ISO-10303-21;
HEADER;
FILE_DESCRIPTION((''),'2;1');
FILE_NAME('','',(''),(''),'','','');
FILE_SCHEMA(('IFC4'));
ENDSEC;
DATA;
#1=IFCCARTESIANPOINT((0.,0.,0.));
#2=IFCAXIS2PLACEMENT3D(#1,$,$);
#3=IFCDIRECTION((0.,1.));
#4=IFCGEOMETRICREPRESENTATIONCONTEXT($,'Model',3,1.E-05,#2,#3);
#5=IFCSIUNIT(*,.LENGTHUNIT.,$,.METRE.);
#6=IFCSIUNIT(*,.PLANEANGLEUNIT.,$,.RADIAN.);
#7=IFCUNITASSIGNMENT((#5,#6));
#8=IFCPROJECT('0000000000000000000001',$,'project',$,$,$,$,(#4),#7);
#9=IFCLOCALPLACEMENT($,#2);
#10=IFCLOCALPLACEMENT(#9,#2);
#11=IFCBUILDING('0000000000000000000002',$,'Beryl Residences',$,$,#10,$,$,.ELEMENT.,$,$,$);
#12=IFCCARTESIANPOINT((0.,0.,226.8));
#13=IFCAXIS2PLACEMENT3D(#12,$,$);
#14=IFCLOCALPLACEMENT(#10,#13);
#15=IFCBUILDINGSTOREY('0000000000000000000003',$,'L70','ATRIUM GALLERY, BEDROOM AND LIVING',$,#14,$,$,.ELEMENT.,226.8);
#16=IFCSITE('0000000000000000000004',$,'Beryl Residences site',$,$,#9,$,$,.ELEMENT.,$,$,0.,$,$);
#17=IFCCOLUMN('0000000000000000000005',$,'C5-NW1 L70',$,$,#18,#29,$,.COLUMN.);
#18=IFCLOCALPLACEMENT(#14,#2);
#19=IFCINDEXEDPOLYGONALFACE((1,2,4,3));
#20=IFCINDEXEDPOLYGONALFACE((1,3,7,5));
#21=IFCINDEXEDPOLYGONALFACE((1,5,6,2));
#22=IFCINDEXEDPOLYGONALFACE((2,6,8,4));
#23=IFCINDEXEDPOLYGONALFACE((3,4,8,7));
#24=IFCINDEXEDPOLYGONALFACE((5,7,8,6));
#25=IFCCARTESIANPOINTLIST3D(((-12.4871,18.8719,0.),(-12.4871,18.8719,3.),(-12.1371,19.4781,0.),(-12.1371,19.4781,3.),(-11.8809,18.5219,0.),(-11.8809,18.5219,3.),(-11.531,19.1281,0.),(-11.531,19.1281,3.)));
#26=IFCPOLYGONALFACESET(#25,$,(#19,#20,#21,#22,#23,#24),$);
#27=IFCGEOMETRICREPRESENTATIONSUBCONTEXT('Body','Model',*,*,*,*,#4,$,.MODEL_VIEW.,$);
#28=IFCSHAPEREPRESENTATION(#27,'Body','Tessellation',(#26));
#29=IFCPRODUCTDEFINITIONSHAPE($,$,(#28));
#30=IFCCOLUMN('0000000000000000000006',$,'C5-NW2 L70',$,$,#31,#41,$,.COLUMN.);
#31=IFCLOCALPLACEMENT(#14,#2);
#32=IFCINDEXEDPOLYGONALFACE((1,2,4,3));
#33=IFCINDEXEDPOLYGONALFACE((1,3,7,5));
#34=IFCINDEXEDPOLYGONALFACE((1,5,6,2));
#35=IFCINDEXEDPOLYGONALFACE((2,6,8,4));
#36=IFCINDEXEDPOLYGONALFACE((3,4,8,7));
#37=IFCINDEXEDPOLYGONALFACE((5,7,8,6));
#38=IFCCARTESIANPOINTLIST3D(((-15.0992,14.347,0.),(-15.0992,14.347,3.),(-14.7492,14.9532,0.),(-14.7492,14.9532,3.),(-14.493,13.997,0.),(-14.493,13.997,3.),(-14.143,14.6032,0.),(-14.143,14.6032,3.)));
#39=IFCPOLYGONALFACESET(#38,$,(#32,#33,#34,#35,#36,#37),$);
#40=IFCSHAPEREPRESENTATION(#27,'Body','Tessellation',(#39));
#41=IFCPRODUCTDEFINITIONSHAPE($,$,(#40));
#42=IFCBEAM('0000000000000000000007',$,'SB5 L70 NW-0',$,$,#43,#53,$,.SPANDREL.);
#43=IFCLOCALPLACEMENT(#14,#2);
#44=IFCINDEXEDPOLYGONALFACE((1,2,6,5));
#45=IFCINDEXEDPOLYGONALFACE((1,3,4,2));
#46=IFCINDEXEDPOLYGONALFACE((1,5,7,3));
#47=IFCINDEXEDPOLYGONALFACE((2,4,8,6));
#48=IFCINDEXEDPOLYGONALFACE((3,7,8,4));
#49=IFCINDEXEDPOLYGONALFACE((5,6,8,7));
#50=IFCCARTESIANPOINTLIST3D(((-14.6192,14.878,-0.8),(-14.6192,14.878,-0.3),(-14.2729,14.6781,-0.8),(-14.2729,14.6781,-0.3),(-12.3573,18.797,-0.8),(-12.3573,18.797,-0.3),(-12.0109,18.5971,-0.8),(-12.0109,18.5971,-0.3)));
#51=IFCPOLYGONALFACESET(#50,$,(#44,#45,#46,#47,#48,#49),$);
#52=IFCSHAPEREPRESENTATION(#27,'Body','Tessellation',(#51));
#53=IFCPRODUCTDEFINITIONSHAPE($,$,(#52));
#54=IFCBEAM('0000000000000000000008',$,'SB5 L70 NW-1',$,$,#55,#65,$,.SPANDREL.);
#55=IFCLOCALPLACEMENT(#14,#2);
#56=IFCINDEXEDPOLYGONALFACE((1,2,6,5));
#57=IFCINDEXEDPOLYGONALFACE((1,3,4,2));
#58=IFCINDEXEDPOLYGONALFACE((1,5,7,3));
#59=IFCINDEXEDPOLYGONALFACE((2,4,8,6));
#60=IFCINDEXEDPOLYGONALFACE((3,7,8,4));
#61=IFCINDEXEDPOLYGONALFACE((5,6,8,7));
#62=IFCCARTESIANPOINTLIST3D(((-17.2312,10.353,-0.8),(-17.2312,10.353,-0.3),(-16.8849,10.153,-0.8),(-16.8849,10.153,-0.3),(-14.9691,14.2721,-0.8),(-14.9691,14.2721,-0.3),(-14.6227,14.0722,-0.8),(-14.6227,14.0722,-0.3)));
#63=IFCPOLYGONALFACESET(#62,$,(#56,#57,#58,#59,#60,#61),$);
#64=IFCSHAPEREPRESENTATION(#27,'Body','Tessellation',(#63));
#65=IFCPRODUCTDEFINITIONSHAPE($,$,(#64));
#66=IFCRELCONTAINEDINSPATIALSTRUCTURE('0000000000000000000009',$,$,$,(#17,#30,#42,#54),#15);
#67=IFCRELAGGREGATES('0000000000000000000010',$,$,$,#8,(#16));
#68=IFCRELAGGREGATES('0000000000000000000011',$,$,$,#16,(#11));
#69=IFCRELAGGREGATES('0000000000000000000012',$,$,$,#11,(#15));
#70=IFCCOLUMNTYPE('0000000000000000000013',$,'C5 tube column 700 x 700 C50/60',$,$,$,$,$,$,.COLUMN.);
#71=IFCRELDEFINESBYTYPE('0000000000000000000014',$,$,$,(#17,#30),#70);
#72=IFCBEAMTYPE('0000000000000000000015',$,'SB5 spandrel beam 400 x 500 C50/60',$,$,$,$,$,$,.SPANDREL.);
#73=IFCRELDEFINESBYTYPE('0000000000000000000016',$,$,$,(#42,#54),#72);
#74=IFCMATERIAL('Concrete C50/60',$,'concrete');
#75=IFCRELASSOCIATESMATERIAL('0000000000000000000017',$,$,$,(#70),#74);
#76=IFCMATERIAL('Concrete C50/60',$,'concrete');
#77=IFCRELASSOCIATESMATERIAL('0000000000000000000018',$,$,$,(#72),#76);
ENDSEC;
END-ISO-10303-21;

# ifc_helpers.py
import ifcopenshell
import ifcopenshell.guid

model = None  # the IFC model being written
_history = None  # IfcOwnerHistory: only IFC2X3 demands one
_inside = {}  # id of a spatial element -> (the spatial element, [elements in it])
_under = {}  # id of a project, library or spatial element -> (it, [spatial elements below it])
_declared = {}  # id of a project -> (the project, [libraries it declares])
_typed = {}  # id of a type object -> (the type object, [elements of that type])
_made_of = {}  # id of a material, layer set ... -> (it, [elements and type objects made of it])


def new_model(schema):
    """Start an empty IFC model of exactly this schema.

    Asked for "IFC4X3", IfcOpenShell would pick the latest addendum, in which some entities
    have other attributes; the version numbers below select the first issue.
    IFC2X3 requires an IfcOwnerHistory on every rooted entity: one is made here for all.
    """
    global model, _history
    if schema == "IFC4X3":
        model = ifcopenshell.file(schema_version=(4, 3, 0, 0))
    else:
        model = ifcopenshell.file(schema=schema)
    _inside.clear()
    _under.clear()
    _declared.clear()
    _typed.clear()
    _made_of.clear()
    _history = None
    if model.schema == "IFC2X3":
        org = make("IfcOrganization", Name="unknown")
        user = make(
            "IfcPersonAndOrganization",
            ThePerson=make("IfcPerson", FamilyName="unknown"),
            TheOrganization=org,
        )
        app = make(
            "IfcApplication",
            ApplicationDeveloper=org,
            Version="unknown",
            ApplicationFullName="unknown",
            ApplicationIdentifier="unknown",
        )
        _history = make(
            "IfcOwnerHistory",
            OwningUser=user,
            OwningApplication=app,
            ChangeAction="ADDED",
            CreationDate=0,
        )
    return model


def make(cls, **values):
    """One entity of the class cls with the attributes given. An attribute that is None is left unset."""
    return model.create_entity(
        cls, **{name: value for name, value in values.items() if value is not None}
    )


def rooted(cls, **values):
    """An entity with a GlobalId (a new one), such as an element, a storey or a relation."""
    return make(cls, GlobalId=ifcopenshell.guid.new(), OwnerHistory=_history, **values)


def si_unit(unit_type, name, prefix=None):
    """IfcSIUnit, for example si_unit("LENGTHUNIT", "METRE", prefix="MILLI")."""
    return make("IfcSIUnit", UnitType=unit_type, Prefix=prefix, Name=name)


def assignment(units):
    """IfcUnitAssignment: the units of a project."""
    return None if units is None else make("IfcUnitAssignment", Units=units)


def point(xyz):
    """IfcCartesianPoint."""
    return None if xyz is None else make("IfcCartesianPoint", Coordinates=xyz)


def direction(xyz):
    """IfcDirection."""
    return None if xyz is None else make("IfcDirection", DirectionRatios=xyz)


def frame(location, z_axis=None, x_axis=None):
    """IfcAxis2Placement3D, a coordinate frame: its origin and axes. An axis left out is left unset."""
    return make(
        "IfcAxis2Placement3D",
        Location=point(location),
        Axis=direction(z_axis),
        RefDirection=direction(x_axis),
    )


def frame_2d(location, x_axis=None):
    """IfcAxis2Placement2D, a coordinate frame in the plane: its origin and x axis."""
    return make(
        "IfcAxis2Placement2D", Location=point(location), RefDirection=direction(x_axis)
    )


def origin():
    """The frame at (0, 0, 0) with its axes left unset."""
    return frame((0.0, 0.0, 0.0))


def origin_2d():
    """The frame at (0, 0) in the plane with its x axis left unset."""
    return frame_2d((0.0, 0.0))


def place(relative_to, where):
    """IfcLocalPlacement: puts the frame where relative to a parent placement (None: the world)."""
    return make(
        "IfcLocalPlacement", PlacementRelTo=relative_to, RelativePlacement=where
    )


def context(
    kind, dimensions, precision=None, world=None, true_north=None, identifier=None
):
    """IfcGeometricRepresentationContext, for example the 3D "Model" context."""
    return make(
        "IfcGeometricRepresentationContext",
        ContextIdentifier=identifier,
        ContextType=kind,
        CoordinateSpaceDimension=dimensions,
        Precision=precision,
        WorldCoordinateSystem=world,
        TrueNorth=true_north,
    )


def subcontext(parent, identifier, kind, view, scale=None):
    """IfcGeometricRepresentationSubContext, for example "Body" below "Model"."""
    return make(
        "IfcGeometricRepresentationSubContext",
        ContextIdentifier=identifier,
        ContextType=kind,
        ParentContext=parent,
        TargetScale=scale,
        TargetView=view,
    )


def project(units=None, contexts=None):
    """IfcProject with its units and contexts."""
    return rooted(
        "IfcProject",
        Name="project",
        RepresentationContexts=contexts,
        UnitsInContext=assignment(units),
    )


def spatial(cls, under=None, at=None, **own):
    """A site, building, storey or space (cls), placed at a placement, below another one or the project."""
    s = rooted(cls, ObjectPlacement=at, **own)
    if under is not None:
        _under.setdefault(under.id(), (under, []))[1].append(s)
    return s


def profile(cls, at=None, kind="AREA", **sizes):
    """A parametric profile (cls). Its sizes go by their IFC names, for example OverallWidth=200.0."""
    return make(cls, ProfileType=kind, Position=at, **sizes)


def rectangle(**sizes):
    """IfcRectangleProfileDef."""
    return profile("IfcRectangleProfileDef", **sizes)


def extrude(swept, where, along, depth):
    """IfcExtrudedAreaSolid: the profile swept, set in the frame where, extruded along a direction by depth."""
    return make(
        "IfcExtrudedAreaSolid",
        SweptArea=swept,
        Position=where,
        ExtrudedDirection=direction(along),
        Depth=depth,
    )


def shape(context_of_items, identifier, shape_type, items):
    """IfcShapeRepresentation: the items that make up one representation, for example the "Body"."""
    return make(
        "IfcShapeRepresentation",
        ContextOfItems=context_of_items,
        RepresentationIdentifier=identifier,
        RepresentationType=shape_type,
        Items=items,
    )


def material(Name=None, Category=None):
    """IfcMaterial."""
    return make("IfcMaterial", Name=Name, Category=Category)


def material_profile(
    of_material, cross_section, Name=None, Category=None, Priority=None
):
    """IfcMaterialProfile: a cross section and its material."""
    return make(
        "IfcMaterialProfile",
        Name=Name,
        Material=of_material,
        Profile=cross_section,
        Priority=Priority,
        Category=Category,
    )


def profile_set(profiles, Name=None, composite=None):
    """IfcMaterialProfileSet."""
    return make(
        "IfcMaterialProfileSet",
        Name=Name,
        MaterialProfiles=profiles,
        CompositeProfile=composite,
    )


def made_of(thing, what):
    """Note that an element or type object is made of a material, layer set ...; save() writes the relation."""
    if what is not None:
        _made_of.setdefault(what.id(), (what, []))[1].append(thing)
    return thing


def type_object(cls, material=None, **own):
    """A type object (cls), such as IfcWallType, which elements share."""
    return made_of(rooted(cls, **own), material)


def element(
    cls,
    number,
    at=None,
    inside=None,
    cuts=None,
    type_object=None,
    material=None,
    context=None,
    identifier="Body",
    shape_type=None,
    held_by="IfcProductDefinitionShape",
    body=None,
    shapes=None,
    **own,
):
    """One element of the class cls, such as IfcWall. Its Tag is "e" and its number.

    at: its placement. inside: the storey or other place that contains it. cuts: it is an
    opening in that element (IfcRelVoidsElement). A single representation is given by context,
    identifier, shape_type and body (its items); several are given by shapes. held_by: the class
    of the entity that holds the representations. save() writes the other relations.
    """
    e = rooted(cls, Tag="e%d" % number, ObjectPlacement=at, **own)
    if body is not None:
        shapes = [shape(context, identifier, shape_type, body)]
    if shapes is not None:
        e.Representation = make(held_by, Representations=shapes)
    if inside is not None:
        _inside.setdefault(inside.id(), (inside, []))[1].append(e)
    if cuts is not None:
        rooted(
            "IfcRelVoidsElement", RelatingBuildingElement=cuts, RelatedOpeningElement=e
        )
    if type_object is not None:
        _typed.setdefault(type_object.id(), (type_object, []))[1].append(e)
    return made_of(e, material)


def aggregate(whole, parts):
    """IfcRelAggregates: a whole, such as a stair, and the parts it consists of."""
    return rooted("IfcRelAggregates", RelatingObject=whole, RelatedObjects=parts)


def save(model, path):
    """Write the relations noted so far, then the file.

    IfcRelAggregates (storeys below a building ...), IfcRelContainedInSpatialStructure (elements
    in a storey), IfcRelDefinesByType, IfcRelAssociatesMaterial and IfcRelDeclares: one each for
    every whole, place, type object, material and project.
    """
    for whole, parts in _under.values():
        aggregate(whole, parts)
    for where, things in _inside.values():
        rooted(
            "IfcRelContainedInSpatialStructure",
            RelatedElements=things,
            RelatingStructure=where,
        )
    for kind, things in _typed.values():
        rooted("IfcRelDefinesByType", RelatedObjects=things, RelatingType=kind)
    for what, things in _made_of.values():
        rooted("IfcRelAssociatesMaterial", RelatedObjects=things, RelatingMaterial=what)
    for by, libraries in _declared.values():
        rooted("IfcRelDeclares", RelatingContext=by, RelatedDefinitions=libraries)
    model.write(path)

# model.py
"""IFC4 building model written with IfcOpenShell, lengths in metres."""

from ifc_helpers import new_model, si_unit, direction, frame, origin, origin_2d, place, context, subcontext, project, spatial, rectangle, extrude, material, material_profile, profile_set, type_object, element, save


model = new_model("IFC4")

# Units and contexts
model_context = context("Model", 3, precision=1e-05, world=origin(), true_north=direction((0.0, 1.0)))
body_context = subcontext(model_context, "Body", "Model", "MODEL_VIEW")
ifc_project = project(units=[si_unit("LENGTHUNIT", "METRE"), si_unit("PLANEANGLEUNIT", "RADIAN")], contexts=[model_context])

# Site, building, storey
site_placement = place(None, origin())
site = spatial("IfcSite", under=ifc_project, at=site_placement, Name="Beryl Residences site", CompositionType="ELEMENT", RefElevation=0.0)
building_placement = place(site_placement, origin())
building = spatial("IfcBuilding", under=site, at=building_placement, Name="Beryl Residences", CompositionType="ELEMENT")
storey_placement = place(building_placement, frame((0.0, 0.0, 226.8)))
storey = spatial("IfcBuildingStorey", under=building, at=storey_placement, Name="L70", Description="ATRIUM GALLERY, BEDROOM AND LIVING", CompositionType="ELEMENT", Elevation=226.8)

# Columns
ifc_material_1 = material(Name="Concrete C50/60", Category="concrete")
ifc_material_profile_1 = material_profile(ifc_material_1, rectangle(XDim=0.7, YDim=0.7, at=origin_2d()))
ifc_profile_set_1 = profile_set([ifc_material_profile_1], Name="Concrete C50/60")
column_type = type_object("IfcColumnType", Name="C5 tube column 700 x 700 C50/60", PredefinedType="COLUMN", material=ifc_profile_set_1)
for number, where, z_axis, x_axis, name in (
    (1, (-12.009, 19.0, 0.0), (0.0, 0.0, 1.0), (-0.49997, -0.866043, 0.0), "C5-NW1 L70"),
    (2, (-14.6211, 14.4751, 0.0), (0.0, 0.0, 1.0), (-0.49997, -0.866043, 0.0), "C5-NW2 L70"),
):
    element("IfcColumn", number, at=place(storey_placement, frame(where, z_axis=z_axis, x_axis=x_axis)), inside=storey, type_object=column_type, Name=name, PredefinedType="COLUMN", context=body_context, shape_type="SweptSolid", body=[
        extrude(rectangle(XDim=0.7, YDim=0.7, at=origin_2d()), origin(), (0.0, 0.0, 1.0), 3.0),
    ])

# Beams
ifc_material_2 = material(Name="Concrete C50/60", Category="concrete")
ifc_material_profile_2 = material_profile(ifc_material_2, rectangle(XDim=0.3999, YDim=0.5, at=origin_2d()))
ifc_profile_set_2 = profile_set([ifc_material_profile_2], Name="Concrete C50/60")
beam_type = type_object("IfcBeamType", Name="SB5 spandrel beam 400 x 500 C50/60", PredefinedType="SPANDREL", material=ifc_profile_set_2)
beam_1_placement = place(storey_placement, frame((-12.1841, 18.697, -0.55), z_axis=(-0.499894, -0.866087, 0.0), x_axis=(0.866087, -0.499894, 0.0)))
element("IfcBeam", 3, at=beam_1_placement, inside=storey, type_object=beam_type, Name="SB5 L70 NW-0", PredefinedType="SPANDREL", context=body_context, shape_type="SweptSolid", body=[
    extrude(rectangle(XDim=0.3999, YDim=0.5, at=origin_2d()), origin(), (0.0, 0.0, 1.0), 4.5249),
])
beam_2_placement = place(storey_placement, frame((-14.7959, 14.1721, -0.55), z_axis=(-0.499911, -0.866077, 0.0), x_axis=(0.866077, -0.499911, 0.0)))
element("IfcBeam", 4, at=beam_2_placement, inside=storey, type_object=beam_type, Name="SB5 L70 NW-1", PredefinedType="SPANDREL", context=body_context, shape_type="SweptSolid", body=[
    extrude(rectangle(XDim=0.3999, YDim=0.5, at=origin_2d()), origin(), (0.0, 0.0, 1.0), 4.5251),
])

save(model, "model.ifc")
